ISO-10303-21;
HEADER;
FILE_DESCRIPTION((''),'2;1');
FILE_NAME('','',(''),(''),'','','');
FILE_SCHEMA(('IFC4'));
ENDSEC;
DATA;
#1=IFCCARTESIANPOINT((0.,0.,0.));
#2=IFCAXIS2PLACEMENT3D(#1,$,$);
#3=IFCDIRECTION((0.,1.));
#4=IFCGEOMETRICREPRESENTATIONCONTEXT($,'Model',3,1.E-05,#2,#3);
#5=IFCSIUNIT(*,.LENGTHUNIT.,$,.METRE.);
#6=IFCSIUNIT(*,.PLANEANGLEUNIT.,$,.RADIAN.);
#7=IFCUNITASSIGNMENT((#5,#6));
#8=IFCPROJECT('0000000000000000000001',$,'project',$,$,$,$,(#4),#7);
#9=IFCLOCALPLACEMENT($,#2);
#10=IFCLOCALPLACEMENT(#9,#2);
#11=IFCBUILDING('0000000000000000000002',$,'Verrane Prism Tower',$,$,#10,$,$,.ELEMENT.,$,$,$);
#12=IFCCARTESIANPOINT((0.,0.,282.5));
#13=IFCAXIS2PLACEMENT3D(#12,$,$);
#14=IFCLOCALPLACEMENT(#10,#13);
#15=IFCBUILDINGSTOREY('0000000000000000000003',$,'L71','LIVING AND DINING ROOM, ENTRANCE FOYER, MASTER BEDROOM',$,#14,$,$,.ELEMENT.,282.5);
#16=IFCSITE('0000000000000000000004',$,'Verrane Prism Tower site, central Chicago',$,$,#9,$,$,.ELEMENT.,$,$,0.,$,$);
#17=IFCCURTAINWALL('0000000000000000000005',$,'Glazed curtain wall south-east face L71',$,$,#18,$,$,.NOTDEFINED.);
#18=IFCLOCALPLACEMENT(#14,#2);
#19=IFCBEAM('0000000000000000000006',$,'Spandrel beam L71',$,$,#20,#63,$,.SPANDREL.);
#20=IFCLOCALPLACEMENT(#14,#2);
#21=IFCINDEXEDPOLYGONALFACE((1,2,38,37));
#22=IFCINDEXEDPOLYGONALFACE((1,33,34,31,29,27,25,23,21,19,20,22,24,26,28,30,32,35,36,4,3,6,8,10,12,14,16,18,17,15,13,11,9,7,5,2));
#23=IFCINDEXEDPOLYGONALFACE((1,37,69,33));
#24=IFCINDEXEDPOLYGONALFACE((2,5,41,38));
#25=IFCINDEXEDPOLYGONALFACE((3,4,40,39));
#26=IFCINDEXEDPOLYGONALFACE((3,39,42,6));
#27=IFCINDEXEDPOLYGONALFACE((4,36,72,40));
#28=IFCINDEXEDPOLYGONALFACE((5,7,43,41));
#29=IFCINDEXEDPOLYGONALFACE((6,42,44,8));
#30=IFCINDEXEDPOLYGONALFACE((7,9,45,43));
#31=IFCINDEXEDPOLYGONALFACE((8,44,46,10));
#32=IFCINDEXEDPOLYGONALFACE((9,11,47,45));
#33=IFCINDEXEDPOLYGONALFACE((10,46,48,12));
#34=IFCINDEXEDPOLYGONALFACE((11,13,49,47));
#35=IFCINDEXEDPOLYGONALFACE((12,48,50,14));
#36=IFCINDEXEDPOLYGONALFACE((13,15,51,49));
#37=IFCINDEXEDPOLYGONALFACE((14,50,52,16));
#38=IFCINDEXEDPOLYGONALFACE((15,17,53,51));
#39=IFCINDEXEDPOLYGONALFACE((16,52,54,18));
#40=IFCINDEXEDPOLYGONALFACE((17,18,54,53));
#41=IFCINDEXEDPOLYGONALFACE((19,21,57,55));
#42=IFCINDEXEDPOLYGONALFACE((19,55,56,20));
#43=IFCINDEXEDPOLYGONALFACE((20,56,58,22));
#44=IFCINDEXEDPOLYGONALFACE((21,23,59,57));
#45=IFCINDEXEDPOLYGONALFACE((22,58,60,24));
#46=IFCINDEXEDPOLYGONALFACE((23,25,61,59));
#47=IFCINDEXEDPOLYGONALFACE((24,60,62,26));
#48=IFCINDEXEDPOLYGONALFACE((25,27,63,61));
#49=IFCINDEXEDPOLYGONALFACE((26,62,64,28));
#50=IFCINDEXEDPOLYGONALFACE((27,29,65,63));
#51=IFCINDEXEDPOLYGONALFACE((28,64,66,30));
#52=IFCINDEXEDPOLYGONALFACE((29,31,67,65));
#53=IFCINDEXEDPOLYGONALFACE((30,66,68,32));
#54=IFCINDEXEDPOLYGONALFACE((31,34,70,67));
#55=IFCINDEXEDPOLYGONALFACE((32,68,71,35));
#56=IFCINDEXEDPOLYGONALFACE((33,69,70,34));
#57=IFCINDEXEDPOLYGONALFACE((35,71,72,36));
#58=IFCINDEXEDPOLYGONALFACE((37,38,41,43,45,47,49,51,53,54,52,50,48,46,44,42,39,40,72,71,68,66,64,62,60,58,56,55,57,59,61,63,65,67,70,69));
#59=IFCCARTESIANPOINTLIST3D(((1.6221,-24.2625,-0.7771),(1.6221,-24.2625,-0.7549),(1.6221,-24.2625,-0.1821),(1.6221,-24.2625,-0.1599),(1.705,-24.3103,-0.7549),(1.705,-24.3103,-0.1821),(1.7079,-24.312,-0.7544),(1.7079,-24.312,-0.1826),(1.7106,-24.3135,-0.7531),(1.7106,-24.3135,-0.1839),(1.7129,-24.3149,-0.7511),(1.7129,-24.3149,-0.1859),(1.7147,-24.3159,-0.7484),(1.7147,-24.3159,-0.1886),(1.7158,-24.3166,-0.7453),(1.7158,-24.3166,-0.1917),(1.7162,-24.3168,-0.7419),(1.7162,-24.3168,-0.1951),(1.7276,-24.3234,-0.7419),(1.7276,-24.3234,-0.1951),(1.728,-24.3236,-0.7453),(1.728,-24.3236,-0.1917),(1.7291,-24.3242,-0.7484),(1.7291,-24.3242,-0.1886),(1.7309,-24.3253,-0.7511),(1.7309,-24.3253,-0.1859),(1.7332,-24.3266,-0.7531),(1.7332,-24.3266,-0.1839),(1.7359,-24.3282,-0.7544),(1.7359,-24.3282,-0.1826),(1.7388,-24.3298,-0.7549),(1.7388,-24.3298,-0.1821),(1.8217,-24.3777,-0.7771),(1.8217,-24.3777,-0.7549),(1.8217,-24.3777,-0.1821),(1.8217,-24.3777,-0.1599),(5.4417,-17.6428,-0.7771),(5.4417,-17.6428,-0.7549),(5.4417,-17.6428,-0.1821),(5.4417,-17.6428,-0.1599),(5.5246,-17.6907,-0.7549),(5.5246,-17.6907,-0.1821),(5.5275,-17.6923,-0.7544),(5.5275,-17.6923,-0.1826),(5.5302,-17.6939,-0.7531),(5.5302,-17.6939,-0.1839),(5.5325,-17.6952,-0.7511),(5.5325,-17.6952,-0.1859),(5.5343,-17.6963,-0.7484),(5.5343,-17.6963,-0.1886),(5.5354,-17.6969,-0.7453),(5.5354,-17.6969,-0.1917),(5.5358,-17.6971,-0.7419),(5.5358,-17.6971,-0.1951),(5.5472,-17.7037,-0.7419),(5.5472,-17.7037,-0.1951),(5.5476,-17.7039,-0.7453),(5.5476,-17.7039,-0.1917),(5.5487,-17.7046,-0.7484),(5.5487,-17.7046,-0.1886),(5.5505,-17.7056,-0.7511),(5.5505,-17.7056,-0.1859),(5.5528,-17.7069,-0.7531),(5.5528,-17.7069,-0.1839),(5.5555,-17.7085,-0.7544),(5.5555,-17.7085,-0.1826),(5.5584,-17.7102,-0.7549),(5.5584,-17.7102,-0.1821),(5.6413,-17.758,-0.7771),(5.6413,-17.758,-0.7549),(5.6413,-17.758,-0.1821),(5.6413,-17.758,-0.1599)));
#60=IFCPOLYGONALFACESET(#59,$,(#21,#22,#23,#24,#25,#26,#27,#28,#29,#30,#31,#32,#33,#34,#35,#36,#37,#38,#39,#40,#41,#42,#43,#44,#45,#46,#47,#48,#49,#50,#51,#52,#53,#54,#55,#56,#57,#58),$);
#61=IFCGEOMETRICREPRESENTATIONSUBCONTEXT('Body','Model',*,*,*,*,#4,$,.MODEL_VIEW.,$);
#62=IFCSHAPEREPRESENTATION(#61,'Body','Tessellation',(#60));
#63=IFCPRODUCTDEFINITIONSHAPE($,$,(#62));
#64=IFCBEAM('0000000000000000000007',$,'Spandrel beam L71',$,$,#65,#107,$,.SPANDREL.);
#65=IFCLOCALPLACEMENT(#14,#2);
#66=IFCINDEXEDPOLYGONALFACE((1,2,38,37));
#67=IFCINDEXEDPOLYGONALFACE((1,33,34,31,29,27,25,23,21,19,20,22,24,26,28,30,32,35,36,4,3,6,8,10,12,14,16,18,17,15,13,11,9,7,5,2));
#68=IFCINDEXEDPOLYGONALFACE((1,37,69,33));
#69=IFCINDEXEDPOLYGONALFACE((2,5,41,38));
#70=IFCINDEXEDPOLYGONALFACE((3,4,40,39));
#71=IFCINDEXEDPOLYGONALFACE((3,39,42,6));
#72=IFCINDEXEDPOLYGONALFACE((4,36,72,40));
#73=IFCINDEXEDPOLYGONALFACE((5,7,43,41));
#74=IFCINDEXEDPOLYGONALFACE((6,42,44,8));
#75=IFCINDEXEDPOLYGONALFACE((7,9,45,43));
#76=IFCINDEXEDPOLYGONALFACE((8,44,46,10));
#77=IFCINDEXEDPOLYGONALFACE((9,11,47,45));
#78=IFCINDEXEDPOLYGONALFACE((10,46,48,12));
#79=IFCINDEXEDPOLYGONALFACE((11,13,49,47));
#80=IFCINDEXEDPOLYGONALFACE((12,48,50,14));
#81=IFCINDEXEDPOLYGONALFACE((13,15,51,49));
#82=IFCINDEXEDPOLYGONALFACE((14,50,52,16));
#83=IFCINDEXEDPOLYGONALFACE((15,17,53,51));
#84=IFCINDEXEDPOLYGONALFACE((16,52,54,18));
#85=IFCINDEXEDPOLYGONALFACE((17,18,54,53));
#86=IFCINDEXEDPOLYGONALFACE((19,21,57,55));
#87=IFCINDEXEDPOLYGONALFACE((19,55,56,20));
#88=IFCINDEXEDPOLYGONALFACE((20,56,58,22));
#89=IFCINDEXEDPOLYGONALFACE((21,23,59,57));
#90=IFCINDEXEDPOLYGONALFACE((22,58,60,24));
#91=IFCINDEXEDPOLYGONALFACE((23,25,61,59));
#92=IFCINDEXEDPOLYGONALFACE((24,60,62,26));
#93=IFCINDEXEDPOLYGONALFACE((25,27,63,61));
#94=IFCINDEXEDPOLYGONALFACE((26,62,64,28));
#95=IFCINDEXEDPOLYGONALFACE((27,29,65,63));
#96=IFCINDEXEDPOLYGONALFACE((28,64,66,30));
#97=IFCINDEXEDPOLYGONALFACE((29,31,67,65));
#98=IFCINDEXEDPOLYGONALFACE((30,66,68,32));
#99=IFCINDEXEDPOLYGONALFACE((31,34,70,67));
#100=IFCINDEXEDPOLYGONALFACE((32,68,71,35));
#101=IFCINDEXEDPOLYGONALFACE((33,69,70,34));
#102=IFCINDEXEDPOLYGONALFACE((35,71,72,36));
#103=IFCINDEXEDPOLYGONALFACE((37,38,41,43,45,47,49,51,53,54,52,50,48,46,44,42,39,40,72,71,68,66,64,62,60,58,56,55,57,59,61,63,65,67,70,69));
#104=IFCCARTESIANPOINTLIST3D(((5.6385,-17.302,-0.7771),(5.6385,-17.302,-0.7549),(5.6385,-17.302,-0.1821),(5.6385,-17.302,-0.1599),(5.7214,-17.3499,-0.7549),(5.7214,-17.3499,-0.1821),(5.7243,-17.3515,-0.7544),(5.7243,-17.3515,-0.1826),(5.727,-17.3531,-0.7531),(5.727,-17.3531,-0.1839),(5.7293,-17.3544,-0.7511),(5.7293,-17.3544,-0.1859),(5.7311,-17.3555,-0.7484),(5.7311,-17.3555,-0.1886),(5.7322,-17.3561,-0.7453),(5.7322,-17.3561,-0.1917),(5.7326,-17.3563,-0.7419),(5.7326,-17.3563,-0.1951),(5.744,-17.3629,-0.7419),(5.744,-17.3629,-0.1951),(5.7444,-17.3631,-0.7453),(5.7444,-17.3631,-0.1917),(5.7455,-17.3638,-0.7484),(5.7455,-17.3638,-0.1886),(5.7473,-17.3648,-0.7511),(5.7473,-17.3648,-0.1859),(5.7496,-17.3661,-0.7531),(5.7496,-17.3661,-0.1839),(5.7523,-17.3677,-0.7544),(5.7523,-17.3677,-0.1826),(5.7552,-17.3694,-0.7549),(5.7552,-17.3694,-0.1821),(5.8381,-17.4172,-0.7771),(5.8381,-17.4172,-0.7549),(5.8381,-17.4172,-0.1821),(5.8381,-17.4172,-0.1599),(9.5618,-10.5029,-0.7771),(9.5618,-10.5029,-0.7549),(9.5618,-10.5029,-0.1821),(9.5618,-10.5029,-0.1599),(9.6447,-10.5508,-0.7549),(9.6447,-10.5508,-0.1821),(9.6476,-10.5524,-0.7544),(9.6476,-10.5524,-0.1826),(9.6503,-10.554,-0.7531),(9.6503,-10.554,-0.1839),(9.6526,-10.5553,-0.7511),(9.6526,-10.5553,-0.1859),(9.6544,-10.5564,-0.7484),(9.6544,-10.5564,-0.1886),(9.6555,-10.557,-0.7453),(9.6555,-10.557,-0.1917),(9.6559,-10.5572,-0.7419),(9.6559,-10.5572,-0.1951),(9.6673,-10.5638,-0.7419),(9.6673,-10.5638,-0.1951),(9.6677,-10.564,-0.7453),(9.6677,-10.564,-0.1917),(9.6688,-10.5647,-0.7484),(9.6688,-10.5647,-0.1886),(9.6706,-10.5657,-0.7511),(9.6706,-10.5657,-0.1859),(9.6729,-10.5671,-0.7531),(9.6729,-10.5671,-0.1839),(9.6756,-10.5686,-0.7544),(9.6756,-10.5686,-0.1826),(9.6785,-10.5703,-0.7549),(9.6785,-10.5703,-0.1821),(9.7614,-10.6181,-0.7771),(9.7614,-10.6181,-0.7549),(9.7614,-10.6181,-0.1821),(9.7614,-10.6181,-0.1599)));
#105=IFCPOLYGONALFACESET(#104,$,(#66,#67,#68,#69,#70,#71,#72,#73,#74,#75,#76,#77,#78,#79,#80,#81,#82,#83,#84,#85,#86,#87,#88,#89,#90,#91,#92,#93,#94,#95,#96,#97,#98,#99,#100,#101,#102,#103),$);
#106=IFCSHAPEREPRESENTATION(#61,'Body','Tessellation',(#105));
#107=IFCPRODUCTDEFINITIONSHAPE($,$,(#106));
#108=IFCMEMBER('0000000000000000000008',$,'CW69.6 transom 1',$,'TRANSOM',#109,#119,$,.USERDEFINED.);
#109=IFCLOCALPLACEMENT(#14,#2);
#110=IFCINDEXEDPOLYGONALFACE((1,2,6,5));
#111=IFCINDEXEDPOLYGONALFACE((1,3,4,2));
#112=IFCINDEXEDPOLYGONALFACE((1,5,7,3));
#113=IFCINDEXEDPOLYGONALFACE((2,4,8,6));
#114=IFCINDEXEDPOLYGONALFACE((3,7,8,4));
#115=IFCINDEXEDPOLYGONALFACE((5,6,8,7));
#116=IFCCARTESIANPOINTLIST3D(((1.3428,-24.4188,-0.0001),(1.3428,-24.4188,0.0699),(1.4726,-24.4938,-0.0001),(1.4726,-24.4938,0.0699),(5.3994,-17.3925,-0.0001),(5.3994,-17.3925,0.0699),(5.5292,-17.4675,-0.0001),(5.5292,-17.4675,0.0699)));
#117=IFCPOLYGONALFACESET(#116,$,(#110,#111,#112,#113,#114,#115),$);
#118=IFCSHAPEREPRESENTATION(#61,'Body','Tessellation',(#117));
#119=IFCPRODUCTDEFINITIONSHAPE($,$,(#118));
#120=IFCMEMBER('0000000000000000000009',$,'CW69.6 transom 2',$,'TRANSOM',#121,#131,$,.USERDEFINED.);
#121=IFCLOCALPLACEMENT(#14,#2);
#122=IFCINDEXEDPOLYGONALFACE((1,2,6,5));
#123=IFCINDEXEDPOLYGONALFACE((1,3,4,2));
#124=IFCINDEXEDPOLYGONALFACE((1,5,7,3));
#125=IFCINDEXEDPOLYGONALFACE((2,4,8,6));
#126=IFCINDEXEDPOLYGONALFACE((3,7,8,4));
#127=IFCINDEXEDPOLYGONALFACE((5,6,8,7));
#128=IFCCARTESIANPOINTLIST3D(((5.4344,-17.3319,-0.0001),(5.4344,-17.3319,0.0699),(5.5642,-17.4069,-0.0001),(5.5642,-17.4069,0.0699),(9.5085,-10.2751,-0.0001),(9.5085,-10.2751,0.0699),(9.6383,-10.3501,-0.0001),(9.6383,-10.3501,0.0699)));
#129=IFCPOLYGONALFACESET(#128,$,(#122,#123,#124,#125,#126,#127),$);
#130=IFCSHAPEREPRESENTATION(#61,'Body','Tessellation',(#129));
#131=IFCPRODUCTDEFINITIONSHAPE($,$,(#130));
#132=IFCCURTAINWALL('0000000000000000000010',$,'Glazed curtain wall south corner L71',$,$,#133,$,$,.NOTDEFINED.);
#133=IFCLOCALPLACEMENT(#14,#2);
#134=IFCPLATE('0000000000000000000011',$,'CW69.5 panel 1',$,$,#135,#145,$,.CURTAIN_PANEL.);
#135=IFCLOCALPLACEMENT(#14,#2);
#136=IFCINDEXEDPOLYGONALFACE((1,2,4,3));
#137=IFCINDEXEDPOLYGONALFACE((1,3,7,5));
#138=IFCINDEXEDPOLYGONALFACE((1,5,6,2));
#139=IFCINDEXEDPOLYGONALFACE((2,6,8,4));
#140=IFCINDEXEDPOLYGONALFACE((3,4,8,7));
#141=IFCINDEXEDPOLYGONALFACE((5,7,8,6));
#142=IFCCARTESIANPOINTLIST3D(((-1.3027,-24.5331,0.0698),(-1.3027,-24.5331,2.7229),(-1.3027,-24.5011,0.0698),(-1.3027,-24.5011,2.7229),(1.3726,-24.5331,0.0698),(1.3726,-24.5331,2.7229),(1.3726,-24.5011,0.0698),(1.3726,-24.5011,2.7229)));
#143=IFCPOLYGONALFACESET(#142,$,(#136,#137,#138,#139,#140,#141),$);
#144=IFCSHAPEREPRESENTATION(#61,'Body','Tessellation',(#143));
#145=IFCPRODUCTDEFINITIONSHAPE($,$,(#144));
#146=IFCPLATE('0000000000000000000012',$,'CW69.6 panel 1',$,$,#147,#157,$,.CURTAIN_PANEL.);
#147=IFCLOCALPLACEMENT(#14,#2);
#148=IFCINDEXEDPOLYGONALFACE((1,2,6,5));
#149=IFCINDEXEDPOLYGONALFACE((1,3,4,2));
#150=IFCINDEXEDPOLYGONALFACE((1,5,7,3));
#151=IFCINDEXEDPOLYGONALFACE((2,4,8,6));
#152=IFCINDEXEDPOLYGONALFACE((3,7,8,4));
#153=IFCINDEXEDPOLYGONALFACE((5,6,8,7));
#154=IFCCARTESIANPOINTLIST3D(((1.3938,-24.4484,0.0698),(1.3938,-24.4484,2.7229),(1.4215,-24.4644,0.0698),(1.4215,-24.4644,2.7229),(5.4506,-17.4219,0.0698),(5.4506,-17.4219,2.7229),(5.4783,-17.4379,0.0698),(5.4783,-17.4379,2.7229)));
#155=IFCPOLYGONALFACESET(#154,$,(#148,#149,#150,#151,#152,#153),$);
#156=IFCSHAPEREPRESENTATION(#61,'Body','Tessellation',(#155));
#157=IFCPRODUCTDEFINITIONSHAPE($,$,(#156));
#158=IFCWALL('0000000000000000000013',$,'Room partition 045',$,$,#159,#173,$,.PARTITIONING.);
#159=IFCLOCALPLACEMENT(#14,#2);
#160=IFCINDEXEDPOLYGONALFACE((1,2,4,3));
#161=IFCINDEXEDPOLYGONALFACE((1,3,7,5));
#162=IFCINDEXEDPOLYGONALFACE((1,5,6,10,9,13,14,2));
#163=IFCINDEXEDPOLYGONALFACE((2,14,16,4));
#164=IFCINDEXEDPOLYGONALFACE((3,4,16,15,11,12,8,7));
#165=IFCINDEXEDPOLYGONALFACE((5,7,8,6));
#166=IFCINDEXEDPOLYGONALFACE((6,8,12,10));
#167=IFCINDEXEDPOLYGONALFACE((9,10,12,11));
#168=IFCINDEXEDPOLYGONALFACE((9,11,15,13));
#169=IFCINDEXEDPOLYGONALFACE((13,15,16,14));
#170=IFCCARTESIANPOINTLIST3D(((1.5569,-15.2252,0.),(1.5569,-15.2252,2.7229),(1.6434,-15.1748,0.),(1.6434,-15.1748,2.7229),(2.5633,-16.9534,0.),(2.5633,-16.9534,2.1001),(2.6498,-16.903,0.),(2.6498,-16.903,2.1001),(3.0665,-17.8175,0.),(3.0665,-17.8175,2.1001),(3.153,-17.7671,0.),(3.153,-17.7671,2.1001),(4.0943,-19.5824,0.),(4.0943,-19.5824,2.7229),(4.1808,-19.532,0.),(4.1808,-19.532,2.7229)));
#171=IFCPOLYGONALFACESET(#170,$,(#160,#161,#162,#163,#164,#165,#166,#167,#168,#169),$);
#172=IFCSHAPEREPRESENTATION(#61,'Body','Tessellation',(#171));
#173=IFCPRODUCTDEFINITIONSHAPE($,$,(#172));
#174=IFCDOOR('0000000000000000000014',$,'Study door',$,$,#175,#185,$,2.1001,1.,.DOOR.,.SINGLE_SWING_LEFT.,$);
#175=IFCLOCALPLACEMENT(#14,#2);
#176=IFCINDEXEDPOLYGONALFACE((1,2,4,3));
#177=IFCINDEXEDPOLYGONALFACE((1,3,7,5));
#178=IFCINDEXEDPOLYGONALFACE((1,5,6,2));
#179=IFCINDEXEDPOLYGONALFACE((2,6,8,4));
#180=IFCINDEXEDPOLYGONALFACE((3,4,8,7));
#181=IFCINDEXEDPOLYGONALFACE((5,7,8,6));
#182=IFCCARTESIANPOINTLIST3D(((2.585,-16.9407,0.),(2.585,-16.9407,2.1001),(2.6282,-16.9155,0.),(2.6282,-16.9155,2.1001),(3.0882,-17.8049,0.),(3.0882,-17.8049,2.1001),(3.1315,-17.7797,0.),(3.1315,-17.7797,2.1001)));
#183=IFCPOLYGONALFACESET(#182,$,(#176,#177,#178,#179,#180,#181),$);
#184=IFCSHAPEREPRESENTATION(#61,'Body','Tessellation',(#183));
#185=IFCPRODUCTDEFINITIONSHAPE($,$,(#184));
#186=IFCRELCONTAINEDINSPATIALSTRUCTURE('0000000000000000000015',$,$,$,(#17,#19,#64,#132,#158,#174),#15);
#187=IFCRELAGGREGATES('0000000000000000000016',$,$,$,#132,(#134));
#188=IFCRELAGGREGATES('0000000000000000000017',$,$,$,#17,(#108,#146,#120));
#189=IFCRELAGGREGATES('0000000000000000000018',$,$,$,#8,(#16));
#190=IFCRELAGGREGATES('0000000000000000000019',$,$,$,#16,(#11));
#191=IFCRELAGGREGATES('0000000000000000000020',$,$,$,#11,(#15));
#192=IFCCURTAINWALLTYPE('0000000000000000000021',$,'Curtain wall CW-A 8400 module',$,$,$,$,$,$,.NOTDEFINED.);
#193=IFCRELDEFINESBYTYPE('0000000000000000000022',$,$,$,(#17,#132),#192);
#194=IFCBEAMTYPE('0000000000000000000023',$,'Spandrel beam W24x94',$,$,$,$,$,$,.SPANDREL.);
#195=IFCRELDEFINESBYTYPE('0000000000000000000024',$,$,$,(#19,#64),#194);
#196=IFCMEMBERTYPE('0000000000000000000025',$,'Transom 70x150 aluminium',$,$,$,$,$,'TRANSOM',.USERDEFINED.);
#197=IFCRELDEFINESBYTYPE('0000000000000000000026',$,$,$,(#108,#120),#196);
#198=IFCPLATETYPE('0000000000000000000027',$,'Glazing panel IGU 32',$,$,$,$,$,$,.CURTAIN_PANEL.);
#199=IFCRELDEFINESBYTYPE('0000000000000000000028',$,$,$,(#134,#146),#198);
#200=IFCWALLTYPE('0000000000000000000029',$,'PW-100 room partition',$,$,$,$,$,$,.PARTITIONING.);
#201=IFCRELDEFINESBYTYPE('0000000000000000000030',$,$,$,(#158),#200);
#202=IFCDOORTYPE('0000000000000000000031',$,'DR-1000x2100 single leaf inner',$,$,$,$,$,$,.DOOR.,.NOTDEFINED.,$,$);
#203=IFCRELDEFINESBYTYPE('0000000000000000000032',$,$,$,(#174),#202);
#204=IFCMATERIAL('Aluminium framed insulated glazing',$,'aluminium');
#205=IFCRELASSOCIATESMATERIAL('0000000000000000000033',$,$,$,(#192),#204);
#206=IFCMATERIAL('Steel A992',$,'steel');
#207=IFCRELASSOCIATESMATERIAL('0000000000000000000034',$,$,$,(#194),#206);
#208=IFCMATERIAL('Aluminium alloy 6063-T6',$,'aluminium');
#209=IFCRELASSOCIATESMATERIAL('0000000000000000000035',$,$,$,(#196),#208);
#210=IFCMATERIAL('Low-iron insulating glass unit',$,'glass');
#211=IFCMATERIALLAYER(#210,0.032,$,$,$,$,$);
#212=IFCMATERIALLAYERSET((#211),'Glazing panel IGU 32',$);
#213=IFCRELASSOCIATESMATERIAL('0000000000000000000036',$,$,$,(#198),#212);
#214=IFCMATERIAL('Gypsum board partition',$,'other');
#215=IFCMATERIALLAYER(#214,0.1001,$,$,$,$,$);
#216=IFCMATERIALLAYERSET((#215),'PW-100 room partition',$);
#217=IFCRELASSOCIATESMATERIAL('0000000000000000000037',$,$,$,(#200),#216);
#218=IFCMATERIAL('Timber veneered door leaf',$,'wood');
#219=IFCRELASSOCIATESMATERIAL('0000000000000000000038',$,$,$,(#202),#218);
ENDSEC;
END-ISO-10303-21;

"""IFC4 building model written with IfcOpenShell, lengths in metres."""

from ifc_helpers import new_model, si_unit, direction, frame, frame_2d, origin, origin_2d, place, context, subcontext, project, spatial, rectangle, i_section, extrude, material, layer, layer_set, material_profile, profile_set, type_object, element, fill, aggregate, save


model = new_model("IFC4")

# Units and contexts
model_context = context("Model", 3, precision=1e-05, world=origin(), true_north=direction((0.0, 1.0)))
body_context = subcontext(model_context, "Body", "Model", "MODEL_VIEW")
ifc_project = project(units=[si_unit("LENGTHUNIT", "METRE"), si_unit("PLANEANGLEUNIT", "RADIAN")], contexts=[model_context])

# Site, building, storey
site_placement = place(None, origin())
site = spatial("IfcSite", under=ifc_project, at=site_placement, Name="Verrane Prism Tower site, central Chicago", CompositionType="ELEMENT", RefElevation=0.0)
building_placement = place(site_placement, origin())
building = spatial("IfcBuilding", under=site, at=building_placement, Name="Verrane Prism Tower", CompositionType="ELEMENT")
storey_placement = place(building_placement, frame((0.0, 0.0, 282.5)))
storey = spatial("IfcBuildingStorey", under=building, at=storey_placement, Name="L71", Description="LIVING AND DINING ROOM, ENTRANCE FOYER, MASTER BEDROOM", CompositionType="ELEMENT", Elevation=282.5)

# Curtain wall
ifc_material_1 = material(Name="Aluminium framed insulated glazing", Category="aluminium")
curtain_wall_type = type_object("IfcCurtainWallType", Name="Curtain wall CW-A 8400 module", PredefinedType="NOTDEFINED", material=ifc_material_1)
curtain_wall_1_placement = place(storey_placement, origin())
curtain_wall_1 = element("IfcCurtainWall", 1, at=curtain_wall_1_placement, inside=storey, type_object=curtain_wall_type, Name="Glazed curtain wall south-east face L71", PredefinedType="NOTDEFINED")

# Beams
ifc_material_2 = material(Name="Steel A992", Category="steel")
ifc_material_profile_1 = material_profile(ifc_material_2, i_section(OverallWidth=0.2305, OverallDepth=0.6172, WebThickness=0.0132, FlangeThickness=0.0222, FilletRadius=0.0129, at=origin_2d()), Name="W24x94")
ifc_profile_set_1 = profile_set([ifc_material_profile_1], Name="Steel A992")
beam_type_1 = type_object("IfcBeamType", Name="Spandrel beam W24x94", PredefinedType="SPANDREL", material=ifc_profile_set_1)
beam_1_placement = place(storey_placement, frame((1.7219, -24.3201, -0.4685), z_axis=(0.499778, 0.866154, 0.0), x_axis=(-0.866154, 0.499778, 0.0)))
element("IfcBeam", 2, at=beam_1_placement, inside=storey, type_object=beam_type_1, Name="Spandrel beam L71", PredefinedType="SPANDREL", context=body_context, shape_type="SweptSolid", body=[
    extrude(i_section(OverallWidth=0.2305, OverallDepth=0.6172, WebThickness=0.0132, FlangeThickness=0.0222, FilletRadius=0.0129, at=origin_2d()), origin(), (0.0, 0.0, 1.0), 7.6426),
])
beam_2_placement = place(storey_placement, frame((5.7383, -17.3596, -0.4685), z_axis=(0.499799, 0.866142, 0.0), x_axis=(-0.866142, 0.499799, 0.0)))
element("IfcBeam", 3, at=beam_2_placement, inside=storey, type_object=beam_type_1, Name="Spandrel beam L71", PredefinedType="SPANDREL", context=body_context, shape_type="SweptSolid", body=[
    extrude(i_section(OverallWidth=0.2305, OverallDepth=0.6172, WebThickness=0.0132, FlangeThickness=0.0222, FilletRadius=0.0129, at=origin_2d()), origin(), (0.0, 0.0, 1.0), 7.8499),
])

# Members
ifc_material_3 = material(Name="Aluminium alloy 6063-T6", Category="aluminium")
ifc_material_profile_2 = material_profile(ifc_material_3, rectangle(XDim=0.1499, YDim=0.0701, at=origin_2d()), Name="Transom 70x150 aluminium")
ifc_profile_set_2 = profile_set([ifc_material_profile_2], Name="Aluminium alloy 6063-T6")
member_type_1 = type_object("IfcMemberType", Name="Transom 70x150 aluminium", ElementType="TRANSOM", PredefinedType="USERDEFINED", material=ifc_profile_set_2)
member_1_placement = place(storey_placement, frame((1.4077, -24.4563, 0.0349), z_axis=(0.499997, 0.866027, 0.0), x_axis=(-0.866027, 0.499997, 0.0)))
member_1 = element("IfcMember", 4, at=member_1_placement, type_object=member_type_1, Name="CW69.6 transom 1", ObjectType="TRANSOM", PredefinedType="USERDEFINED", context=body_context, shape_type="SweptSolid", body=[
    extrude(rectangle(XDim=0.1499, YDim=0.0701, at=origin_2d()), origin(), (0.0, 0.0, 1.0), 8.1133),
])
member_2_placement = place(storey_placement, frame((5.4993, -17.3694, 0.0349), z_axis=(0.499993, 0.866029, 0.0), x_axis=(-0.866029, 0.499993, 0.0)))
member_2 = element("IfcMember", 5, at=member_2_placement, type_object=member_type_1, Name="CW69.6 transom 2", ObjectType="TRANSOM", PredefinedType="USERDEFINED", context=body_context, shape_type="SweptSolid", body=[
    extrude(rectangle(XDim=0.1499, YDim=0.0701, at=origin_2d()), origin(), (0.0, 0.0, 1.0), 8.1484),
])

# Curtain wall, plate
curtain_wall_2_placement = place(storey_placement, origin())
curtain_wall_2 = element("IfcCurtainWall", 6, at=curtain_wall_2_placement, inside=storey, type_object=curtain_wall_type, Name="Glazed curtain wall south corner L71", PredefinedType="NOTDEFINED")
ifc_material_4 = material(Name="Low-iron insulating glass unit", Category="glass")
ifc_layer_1 = layer(ifc_material_4, 0.032)
ifc_layer_set_1 = layer_set([ifc_layer_1], Name="Glazing panel IGU 32")
plate_type = type_object("IfcPlateType", Name="Glazing panel IGU 32", PredefinedType="CURTAIN_PANEL", material=ifc_layer_set_1)
plate_1_placement = place(storey_placement, frame((0.0349, -24.5171, 0.0698), z_axis=(0.0, 0.0, 1.0), x_axis=(1.0, 0.0, 0.0)))
plate_1 = element("IfcPlate", 7, at=plate_1_placement, type_object=plate_type, Name="CW69.5 panel 1", PredefinedType="CURTAIN_PANEL", context=body_context, shape_type="SweptSolid", body=[
    extrude(rectangle(XDim=2.6753, YDim=0.032, at=origin_2d()), origin(), (0.0, 0.0, 1.0), 2.6531),
])
aggregate(curtain_wall_2, [plate_1])

# Plate
plate_2_placement = place(storey_placement, frame((3.436, -20.9431, 0.0698), z_axis=(0.0, 0.0, 1.0), x_axis=(0.500001, 0.866025, 0.0)))
plate_2 = element("IfcPlate", 8, at=plate_2_placement, type_object=plate_type, Name="CW69.6 panel 1", PredefinedType="CURTAIN_PANEL", context=body_context, shape_type="SweptSolid", body=[
    extrude(rectangle(XDim=8.1135, YDim=0.032, at=origin_2d()), origin(), (0.0, 0.0, 1.0), 2.6531),
])
aggregate(curtain_wall_1, [member_1, plate_2, member_2])

# Wall, opening, door
ifc_material_5 = material(Name="Gypsum board partition", Category="other")
ifc_layer_2 = layer(ifc_material_5, 0.1001)
ifc_layer_set_2 = layer_set([ifc_layer_2], Name="PW-100 room partition")
wall_type_1 = type_object("IfcWallType", Name="PW-100 room partition", PredefinedType="PARTITIONING", material=ifc_layer_set_2)
wall_1_placement = place(storey_placement, frame((4.1375, -19.5571, 0.0), z_axis=(0.0, 0.0, 1.0), x_axis=(-0.50323, 0.864153, 0.0)))
wall_1 = element("IfcWall", 9, at=wall_1_placement, inside=storey, type_object=wall_type_1, Name="Room partition 045", PredefinedType="PARTITIONING", context=body_context, shape_type="SweptSolid", body=[
    extrude(rectangle(XDim=5.0422, YDim=0.1001, at=frame_2d((2.521, 0.0))), origin(), (0.0, 0.0, 1.0), 2.7229),
])
opening_1_placement = place(wall_1_placement, frame((2.0422, 0.0, 0.0)))
opening_1 = element("IfcOpeningElement", 10, at=opening_1_placement, cuts=wall_1, PredefinedType="OPENING", context=body_context, shape_type="SweptSolid", body=[
    extrude(rectangle(XDim=1.0, YDim=2.1001, at=frame_2d((0.5, 1.05))), frame((0.0, 0.0601, 0.0), z_axis=(0.0, -1.0, 0.0), x_axis=(1.0, 0.0, 0.0)), (0.0, 0.0, 1.0), 0.1201),
])
ifc_material_6 = material(Name="Timber veneered door leaf", Category="wood")
door_type_1 = type_object("IfcDoorType", Name="DR-1000x2100 single leaf inner", OperationType="NOTDEFINED", PredefinedType="DOOR", material=ifc_material_6)
door_1_placement = place(opening_1_placement, origin())
door_1 = element("IfcDoor", 11, at=door_1_placement, inside=storey, type_object=door_type_1, Name="Study door", OperationType="SINGLE_SWING_LEFT", OverallHeight=2.1001, OverallWidth=1.0, PredefinedType="DOOR", context=body_context, shape_type="SweptSolid", body=[
    extrude(rectangle(XDim=1.0, YDim=2.1001, at=frame_2d((0.5, 1.05))), frame((0.0, 0.0249, 0.0), z_axis=(0.0, -1.0, 0.0), x_axis=(1.0, 0.0, 0.0)), (0.0, 0.0, 1.0), 0.05),
])
fill(opening_1, door_1)

save(model, "model.ifc")
